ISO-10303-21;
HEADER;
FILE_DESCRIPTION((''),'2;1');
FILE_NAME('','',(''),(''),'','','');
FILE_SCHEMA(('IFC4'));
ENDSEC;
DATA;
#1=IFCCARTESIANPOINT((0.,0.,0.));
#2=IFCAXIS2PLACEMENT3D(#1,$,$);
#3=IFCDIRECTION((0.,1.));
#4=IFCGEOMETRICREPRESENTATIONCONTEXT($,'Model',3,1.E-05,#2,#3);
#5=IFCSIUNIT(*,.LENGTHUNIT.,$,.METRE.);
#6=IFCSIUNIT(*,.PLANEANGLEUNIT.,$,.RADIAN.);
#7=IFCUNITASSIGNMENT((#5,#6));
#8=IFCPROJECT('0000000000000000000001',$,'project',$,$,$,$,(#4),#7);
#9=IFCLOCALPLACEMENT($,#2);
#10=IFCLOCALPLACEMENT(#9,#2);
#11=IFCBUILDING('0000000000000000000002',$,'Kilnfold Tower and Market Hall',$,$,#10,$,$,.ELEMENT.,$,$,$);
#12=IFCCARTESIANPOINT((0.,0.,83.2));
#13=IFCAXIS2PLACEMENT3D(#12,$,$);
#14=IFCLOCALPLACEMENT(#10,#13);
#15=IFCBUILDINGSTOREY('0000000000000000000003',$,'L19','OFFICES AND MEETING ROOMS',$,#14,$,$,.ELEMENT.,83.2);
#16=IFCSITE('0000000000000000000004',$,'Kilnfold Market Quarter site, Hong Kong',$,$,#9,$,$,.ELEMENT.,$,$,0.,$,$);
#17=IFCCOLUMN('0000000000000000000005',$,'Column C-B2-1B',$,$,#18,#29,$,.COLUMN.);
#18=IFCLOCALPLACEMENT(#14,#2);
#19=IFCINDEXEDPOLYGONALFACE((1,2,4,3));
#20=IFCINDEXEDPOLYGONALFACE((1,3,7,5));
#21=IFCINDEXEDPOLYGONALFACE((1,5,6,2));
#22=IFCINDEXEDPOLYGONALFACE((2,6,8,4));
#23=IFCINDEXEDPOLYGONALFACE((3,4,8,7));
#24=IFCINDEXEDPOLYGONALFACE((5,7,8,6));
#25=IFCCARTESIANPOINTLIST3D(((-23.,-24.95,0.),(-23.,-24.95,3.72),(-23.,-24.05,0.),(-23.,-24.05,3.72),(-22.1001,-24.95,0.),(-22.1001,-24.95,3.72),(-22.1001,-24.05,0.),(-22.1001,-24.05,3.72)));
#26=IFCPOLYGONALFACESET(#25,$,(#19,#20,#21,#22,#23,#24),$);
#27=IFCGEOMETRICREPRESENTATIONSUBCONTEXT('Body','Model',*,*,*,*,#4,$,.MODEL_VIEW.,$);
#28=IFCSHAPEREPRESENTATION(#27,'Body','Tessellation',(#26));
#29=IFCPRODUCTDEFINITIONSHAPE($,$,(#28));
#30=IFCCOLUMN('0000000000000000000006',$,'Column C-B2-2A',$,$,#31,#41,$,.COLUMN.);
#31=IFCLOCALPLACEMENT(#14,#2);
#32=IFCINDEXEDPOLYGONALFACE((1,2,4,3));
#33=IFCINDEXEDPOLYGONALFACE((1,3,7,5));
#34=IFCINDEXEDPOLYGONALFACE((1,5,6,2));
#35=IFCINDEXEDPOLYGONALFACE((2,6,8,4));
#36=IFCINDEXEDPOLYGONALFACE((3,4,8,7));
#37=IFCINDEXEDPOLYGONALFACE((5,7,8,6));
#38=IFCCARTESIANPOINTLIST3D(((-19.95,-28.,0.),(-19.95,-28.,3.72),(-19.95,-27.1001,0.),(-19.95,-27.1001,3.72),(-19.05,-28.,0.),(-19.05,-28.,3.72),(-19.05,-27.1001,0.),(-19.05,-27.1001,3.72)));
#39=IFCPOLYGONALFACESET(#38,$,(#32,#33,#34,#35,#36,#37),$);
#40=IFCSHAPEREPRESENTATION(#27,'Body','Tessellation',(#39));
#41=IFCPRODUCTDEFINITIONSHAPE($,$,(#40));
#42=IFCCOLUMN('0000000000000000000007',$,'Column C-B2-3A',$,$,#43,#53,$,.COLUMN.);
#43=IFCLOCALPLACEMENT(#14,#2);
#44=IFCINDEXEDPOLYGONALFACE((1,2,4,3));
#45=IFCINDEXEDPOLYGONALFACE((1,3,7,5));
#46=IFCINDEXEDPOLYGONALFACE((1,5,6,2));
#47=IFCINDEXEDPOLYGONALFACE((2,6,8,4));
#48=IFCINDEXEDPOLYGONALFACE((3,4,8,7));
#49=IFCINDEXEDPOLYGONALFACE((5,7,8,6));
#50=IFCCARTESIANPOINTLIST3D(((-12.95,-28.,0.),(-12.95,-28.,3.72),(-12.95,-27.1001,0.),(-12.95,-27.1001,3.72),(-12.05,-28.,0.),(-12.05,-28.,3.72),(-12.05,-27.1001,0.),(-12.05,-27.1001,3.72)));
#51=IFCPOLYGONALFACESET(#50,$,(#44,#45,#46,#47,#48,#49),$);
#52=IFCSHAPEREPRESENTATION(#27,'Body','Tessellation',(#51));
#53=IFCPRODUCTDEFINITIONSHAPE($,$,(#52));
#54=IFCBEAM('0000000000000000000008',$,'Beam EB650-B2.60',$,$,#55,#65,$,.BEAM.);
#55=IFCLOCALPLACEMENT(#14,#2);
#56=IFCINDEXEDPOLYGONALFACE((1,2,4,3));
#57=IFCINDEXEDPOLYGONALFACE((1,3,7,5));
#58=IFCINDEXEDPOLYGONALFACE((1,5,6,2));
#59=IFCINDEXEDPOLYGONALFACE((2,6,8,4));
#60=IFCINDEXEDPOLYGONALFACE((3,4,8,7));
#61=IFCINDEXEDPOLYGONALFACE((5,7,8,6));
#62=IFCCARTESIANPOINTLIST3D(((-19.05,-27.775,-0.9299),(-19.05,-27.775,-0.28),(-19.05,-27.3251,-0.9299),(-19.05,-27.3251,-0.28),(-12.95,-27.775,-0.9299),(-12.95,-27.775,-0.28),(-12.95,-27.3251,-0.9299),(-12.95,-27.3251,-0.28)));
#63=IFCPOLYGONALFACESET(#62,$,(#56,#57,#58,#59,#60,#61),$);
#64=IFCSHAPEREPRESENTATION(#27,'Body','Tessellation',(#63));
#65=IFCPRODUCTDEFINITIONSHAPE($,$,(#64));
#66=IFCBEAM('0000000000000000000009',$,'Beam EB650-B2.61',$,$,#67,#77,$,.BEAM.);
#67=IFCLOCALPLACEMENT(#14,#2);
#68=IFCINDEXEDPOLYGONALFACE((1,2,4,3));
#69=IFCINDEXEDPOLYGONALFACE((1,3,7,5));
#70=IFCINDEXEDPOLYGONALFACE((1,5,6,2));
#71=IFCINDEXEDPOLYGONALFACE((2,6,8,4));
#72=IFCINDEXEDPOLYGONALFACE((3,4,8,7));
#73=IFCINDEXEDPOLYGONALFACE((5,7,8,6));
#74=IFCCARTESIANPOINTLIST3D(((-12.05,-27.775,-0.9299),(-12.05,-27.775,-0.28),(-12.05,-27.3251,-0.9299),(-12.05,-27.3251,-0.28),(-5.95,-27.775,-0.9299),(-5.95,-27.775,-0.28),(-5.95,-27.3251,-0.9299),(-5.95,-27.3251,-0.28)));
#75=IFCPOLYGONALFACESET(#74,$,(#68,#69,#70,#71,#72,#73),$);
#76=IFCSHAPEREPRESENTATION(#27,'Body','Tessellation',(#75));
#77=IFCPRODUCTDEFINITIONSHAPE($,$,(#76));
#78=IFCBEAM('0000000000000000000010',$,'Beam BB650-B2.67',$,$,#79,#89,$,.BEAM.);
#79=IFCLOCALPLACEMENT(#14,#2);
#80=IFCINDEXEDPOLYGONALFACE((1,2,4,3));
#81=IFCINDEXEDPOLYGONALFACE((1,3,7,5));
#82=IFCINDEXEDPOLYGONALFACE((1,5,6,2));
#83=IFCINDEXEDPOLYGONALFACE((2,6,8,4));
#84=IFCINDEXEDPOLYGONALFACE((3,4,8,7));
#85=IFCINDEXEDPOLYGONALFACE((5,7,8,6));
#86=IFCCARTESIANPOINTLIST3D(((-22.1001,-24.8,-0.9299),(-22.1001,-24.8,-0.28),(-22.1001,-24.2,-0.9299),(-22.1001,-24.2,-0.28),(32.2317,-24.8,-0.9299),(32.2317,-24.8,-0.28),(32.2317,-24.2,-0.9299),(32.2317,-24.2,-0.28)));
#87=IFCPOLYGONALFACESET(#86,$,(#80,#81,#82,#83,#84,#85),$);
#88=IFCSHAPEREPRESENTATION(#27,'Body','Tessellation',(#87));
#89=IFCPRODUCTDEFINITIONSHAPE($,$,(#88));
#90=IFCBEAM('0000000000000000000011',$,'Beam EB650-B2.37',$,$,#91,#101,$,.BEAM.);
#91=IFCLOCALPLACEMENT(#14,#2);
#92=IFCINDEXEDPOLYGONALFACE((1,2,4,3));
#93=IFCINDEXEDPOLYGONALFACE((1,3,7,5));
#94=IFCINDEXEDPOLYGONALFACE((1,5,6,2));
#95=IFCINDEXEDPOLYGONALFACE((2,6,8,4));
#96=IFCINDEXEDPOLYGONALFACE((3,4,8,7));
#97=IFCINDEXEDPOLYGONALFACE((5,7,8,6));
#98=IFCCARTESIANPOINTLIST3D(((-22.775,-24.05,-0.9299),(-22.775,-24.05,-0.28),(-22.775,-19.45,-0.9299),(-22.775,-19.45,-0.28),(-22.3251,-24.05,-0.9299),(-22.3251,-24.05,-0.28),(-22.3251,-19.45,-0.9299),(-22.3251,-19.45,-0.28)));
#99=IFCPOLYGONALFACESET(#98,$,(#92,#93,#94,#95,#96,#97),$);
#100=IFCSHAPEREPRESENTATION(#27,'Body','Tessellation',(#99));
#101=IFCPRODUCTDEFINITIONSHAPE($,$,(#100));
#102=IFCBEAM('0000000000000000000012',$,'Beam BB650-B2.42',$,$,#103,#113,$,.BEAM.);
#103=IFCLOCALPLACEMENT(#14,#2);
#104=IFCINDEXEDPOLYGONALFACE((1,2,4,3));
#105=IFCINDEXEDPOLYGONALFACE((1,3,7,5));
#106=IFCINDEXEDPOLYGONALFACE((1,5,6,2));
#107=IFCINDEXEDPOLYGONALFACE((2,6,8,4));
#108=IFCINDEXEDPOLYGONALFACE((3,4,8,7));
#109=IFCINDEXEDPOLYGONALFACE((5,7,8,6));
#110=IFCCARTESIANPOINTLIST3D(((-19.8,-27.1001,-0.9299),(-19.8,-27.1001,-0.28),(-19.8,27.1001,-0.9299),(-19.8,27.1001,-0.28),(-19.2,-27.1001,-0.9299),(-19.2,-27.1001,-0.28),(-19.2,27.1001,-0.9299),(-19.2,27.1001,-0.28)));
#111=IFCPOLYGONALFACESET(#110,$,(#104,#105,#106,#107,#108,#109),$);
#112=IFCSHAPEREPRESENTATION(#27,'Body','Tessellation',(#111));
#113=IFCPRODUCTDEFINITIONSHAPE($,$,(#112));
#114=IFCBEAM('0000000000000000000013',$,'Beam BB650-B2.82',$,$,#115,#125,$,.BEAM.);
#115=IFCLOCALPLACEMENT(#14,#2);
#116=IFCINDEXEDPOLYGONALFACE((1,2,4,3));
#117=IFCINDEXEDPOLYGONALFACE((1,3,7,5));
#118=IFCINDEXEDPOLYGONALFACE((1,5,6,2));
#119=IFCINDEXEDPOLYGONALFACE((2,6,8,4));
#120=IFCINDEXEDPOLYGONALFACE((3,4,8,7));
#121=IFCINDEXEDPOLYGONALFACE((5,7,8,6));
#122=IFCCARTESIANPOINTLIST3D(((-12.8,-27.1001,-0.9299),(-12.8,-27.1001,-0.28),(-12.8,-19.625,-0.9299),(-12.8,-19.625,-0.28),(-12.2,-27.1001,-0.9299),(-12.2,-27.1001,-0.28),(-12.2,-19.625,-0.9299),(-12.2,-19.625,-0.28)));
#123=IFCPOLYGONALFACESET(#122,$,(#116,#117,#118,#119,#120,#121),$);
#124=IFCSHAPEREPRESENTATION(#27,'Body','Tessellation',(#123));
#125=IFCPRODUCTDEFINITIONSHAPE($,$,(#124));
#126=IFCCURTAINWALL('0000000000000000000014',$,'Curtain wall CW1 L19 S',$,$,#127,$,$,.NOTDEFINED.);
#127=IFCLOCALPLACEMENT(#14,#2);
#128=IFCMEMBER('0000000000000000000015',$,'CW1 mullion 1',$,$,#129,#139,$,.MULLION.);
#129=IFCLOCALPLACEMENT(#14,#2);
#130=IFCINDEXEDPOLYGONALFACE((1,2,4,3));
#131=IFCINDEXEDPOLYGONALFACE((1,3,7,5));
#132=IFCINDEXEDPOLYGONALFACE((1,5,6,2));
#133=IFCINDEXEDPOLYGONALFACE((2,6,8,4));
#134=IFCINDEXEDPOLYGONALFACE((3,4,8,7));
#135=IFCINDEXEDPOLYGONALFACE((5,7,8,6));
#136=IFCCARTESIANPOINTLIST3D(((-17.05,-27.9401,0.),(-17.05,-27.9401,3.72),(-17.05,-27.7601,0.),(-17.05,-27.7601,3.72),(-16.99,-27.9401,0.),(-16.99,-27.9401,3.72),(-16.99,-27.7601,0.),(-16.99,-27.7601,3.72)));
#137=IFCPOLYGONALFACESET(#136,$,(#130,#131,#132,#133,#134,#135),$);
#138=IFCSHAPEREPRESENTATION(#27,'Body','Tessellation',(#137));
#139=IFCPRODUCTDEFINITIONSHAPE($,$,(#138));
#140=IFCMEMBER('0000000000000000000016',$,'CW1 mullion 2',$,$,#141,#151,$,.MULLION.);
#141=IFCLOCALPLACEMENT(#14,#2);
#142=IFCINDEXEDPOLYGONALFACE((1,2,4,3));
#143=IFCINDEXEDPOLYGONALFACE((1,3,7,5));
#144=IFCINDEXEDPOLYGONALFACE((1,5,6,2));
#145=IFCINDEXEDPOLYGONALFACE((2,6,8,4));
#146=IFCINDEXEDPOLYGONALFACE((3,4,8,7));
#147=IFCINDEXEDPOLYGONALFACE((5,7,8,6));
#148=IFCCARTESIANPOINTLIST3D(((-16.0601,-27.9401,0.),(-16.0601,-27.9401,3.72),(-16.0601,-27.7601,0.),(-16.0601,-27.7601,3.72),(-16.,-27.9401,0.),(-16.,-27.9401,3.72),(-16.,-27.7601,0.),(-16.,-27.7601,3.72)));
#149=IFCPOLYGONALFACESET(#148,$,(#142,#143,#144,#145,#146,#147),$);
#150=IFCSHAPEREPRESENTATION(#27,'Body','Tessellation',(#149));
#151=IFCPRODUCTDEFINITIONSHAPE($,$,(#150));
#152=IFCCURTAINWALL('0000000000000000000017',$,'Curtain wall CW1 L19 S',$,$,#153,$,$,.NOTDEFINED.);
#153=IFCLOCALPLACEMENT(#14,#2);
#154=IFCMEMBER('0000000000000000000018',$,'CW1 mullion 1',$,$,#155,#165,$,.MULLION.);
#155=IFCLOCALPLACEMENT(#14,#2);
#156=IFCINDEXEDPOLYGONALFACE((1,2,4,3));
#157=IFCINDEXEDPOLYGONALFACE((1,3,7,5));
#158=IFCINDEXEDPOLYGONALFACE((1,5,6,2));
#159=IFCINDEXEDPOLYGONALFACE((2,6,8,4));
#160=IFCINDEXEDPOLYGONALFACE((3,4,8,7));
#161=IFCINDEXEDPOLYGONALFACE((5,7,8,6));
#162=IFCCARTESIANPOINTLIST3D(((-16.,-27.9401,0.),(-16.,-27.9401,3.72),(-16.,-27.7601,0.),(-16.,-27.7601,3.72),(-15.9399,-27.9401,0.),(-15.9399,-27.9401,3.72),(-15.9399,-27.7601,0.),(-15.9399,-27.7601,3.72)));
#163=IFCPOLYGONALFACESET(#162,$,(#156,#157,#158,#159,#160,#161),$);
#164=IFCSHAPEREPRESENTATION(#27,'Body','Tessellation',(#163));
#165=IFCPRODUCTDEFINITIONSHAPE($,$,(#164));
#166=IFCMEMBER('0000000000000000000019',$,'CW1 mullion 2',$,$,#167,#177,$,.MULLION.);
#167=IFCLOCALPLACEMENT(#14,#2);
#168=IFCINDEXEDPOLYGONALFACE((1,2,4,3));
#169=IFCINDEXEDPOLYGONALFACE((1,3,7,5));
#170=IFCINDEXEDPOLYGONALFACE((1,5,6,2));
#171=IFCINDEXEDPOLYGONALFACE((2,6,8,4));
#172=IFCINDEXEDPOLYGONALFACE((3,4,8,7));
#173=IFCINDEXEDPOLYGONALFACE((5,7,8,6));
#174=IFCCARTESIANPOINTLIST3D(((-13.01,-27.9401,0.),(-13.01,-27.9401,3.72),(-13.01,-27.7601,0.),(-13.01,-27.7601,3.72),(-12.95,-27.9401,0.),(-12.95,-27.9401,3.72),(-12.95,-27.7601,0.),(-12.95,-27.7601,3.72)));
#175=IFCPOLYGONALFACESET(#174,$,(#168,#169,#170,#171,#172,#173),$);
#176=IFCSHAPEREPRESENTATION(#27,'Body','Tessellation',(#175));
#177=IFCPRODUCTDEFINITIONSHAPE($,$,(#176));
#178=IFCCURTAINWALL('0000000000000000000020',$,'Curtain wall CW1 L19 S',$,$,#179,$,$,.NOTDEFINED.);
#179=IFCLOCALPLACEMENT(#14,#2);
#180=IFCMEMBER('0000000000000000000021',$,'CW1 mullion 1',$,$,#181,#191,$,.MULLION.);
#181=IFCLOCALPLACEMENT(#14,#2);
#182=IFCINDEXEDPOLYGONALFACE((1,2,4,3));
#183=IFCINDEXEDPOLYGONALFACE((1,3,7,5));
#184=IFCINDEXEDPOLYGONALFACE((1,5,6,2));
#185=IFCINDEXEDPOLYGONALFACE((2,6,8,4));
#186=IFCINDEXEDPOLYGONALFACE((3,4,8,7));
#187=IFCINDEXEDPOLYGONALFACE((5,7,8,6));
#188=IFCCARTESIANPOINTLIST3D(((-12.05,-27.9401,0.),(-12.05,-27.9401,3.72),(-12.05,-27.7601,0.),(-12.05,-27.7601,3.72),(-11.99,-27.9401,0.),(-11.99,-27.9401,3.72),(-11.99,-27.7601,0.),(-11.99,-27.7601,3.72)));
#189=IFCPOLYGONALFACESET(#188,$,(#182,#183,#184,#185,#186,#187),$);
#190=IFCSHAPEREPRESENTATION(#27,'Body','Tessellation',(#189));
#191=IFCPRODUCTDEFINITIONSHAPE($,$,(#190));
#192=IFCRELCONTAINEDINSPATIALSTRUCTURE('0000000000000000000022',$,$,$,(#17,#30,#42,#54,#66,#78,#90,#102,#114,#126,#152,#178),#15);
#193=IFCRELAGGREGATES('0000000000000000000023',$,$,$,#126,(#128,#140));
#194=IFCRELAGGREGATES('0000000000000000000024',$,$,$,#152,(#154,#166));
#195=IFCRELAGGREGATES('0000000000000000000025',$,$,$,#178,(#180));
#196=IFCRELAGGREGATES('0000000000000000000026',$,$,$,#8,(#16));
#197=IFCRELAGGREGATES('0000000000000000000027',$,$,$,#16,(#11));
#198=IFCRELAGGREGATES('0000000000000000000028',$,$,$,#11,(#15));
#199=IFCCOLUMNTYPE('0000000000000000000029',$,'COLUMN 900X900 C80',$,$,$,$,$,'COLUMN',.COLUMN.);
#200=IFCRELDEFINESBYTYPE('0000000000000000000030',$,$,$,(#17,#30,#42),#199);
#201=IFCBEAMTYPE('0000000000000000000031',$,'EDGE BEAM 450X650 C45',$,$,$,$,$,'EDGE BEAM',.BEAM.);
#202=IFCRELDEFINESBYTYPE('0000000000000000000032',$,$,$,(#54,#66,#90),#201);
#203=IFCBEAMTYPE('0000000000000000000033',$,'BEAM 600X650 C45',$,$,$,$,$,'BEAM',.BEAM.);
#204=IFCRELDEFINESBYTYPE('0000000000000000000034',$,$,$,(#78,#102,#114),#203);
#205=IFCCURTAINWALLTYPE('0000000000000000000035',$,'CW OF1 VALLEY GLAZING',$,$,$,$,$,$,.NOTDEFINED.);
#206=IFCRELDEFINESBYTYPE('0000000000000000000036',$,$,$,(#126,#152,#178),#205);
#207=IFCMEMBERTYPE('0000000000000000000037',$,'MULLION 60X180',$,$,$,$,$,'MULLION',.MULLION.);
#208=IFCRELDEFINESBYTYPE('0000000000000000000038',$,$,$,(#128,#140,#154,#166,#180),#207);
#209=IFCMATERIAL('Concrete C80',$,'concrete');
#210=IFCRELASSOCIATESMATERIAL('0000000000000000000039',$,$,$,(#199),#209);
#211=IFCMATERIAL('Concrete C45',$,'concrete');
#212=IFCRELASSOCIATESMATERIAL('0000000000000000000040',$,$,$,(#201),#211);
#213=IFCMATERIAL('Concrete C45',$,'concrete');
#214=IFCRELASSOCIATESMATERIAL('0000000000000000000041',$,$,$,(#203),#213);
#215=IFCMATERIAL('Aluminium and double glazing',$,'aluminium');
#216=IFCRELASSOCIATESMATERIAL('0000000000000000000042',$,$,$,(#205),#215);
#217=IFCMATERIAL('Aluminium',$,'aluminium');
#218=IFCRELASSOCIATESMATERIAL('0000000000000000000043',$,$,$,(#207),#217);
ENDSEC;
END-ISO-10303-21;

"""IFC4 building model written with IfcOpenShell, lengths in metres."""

from ifc_helpers import new_model, si_unit, direction, frame, origin, origin_2d, place, context, subcontext, project, spatial, rectangle, extrude, source, transform, mapped, material, material_profile, profile_set, type_object, element, aggregate, save


model = new_model("IFC4")

# Units and contexts
model_context = context("Model", 3, precision=1e-05, world=origin(), true_north=direction((0.0, 1.0)))
body_context = subcontext(model_context, "Body", "Model", "MODEL_VIEW")
ifc_project = project(units=[si_unit("LENGTHUNIT", "METRE"), si_unit("PLANEANGLEUNIT", "RADIAN")], contexts=[model_context])

# Site, building, storey
site_placement = place(None, origin())
site = spatial("IfcSite", under=ifc_project, at=site_placement, Name="Kilnfold Market Quarter site, Hong Kong", CompositionType="ELEMENT", RefElevation=0.0)
building_placement = place(site_placement, origin())
building = spatial("IfcBuilding", under=site, at=building_placement, Name="Kilnfold Tower and Market Hall", CompositionType="ELEMENT")
storey_placement = place(building_placement, frame((0.0, 0.0, 83.2)))
storey = spatial("IfcBuildingStorey", under=building, at=storey_placement, Name="L19", Description="OFFICES AND MEETING ROOMS", CompositionType="ELEMENT", Elevation=83.2)

# Columns
ifc_material_1 = material(Name="Concrete C80", Category="concrete")
ifc_material_profile_1 = material_profile(ifc_material_1, rectangle(XDim=0.8999, YDim=0.8999, at=origin_2d()), Name="RC 900x900")
ifc_profile_set_1 = profile_set([ifc_material_profile_1], Name="Concrete C80")
column_type = type_object("IfcColumnType", Name="COLUMN 900X900 C80", ElementType="COLUMN", PredefinedType="COLUMN", material=ifc_profile_set_1)
shared_shape_1 = source(origin(), body_context, "Body", "SweptSolid", [
    extrude(rectangle(XDim=0.8999, YDim=0.8999, at=origin_2d()), origin(), (0.0, 0.0, 1.0), 3.72),
])
for number, where, z_axis, x_axis, name in (
    (1, (-22.55, -24.5, 0.0), (0.0, 0.0, 1.0), (1.0, 0.0, 0.0), "Column C-B2-1B"),
    (2, (-19.5, -27.55, 0.0), (0.0, 0.0, 1.0), (1.0, 0.0, 0.0), "Column C-B2-2A"),
    (3, (-12.5, -27.55, 0.0), (0.0, 0.0, 1.0), (1.0, 0.0, 0.0), "Column C-B2-3A"),
):
    element("IfcColumn", number, at=place(storey_placement, frame(where, z_axis=z_axis, x_axis=x_axis)), inside=storey, type_object=column_type, Name=name, PredefinedType="COLUMN", context=body_context, shape_type="MappedRepresentation", body=[
        mapped(shared_shape_1, transform((0.0, 0.0, 0.0))),
    ])

# Beams
ifc_material_2 = material(Name="Concrete C45", Category="concrete")
ifc_material_profile_2 = material_profile(ifc_material_2, rectangle(XDim=0.45, YDim=0.6499, at=origin_2d()), Name="RC 450x650")
ifc_profile_set_2 = profile_set([ifc_material_profile_2], Name="Concrete C45")
beam_type_1 = type_object("IfcBeamType", Name="EDGE BEAM 450X650 C45", ElementType="EDGE BEAM", PredefinedType="BEAM", material=ifc_profile_set_2)
shared_shape_2 = source(origin(), body_context, "Body", "SweptSolid", [
    extrude(rectangle(XDim=0.45, YDim=0.6499, at=origin_2d()), origin(), (0.0, 0.0, 1.0), 6.1001),
])
for number, where, z_axis, x_axis, name in (
    (4, (-19.05, -27.55, -0.605), (1.0, 0.0, 0.0), (0.0, 1.0, 0.0), "Beam EB650-B2.60"),
    (5, (-12.05, -27.55, -0.605), (1.0, 0.0, 0.0), (0.0, 1.0, 0.0), "Beam EB650-B2.61"),
):
    element("IfcBeam", number, at=place(storey_placement, frame(where, z_axis=z_axis, x_axis=x_axis)), inside=storey, type_object=beam_type_1, Name=name, PredefinedType="BEAM", context=body_context, shape_type="MappedRepresentation", body=[
        mapped(shared_shape_2, transform((0.0, 0.0, 0.0))),
    ])
ifc_material_3 = material(Name="Concrete C45", Category="concrete")
ifc_material_profile_3 = material_profile(ifc_material_3, rectangle(XDim=0.6001, YDim=0.6499, at=origin_2d()), Name="RC 600x650")
ifc_profile_set_3 = profile_set([ifc_material_profile_3], Name="Concrete C45")
beam_type_2 = type_object("IfcBeamType", Name="BEAM 600X650 C45", ElementType="BEAM", PredefinedType="BEAM", material=ifc_profile_set_3)
shared_shape_3 = source(origin(), body_context, "Body", "SweptSolid", [
    extrude(rectangle(XDim=0.6001, YDim=0.6499, at=origin_2d()), origin(), (0.0, 0.0, 1.0), 54.3318),
])
beam_1_placement = place(storey_placement, frame((-22.1001, -24.5, -0.605), z_axis=(1.0, 0.0, 0.0), x_axis=(0.0, 1.0, 0.0)))
element("IfcBeam", 6, at=beam_1_placement, inside=storey, type_object=beam_type_2, Name="Beam BB650-B2.67", PredefinedType="BEAM", context=body_context, shape_type="MappedRepresentation", body=[
    mapped(shared_shape_3, transform((0.0, 0.0, 0.0))),
])
shared_shape_4 = source(origin(), body_context, "Body", "SweptSolid", [
    extrude(rectangle(XDim=0.45, YDim=0.6499, at=origin_2d()), origin(), (0.0, 0.0, 1.0), 4.6001),
])
beam_2_placement = place(storey_placement, frame((-22.55, -24.05, -0.605), z_axis=(0.0, 1.0, 0.0), x_axis=(-1.0, 0.0, 0.0)))
element("IfcBeam", 7, at=beam_2_placement, inside=storey, type_object=beam_type_1, Name="Beam EB650-B2.37", PredefinedType="BEAM", context=body_context, shape_type="MappedRepresentation", body=[
    mapped(shared_shape_4, transform((0.0, 0.0, 0.0))),
])
shared_shape_5 = source(origin(), body_context, "Body", "SweptSolid", [
    extrude(rectangle(XDim=0.6001, YDim=0.6499, at=origin_2d()), origin(), (0.0, 0.0, 1.0), 54.2002),
])
beam_3_placement = place(storey_placement, frame((-19.5, -27.1001, -0.605), z_axis=(0.0, 1.0, 0.0), x_axis=(-1.0, 0.0, 0.0)))
element("IfcBeam", 8, at=beam_3_placement, inside=storey, type_object=beam_type_2, Name="Beam BB650-B2.42", PredefinedType="BEAM", context=body_context, shape_type="MappedRepresentation", body=[
    mapped(shared_shape_5, transform((0.0, 0.0, 0.0))),
])
shared_shape_6 = source(origin(), body_context, "Body", "SweptSolid", [
    extrude(rectangle(XDim=0.6001, YDim=0.6499, at=origin_2d()), origin(), (0.0, 0.0, 1.0), 7.4751),
])
beam_4_placement = place(storey_placement, frame((-12.5, -27.1001, -0.605), z_axis=(0.0, 1.0, 0.0), x_axis=(-1.0, 0.0, 0.0)))
element("IfcBeam", 9, at=beam_4_placement, inside=storey, type_object=beam_type_2, Name="Beam BB650-B2.82", PredefinedType="BEAM", context=body_context, shape_type="MappedRepresentation", body=[
    mapped(shared_shape_6, transform((0.0, 0.0, 0.0))),
])

# Curtain walls, members
ifc_material_4 = material(Name="Aluminium and double glazing", Category="aluminium")
curtain_wall_type = type_object("IfcCurtainWallType", Name="CW OF1 VALLEY GLAZING", PredefinedType="NOTDEFINED", material=ifc_material_4)
curtain_wall_1_placement = place(storey_placement, origin())
curtain_wall_1 = element("IfcCurtainWall", 10, at=curtain_wall_1_placement, inside=storey, type_object=curtain_wall_type, Name="Curtain wall CW1 L19 S", PredefinedType="NOTDEFINED")
ifc_material_5 = material(Name="Aluminium", Category="aluminium")
ifc_material_profile_4 = material_profile(ifc_material_5, rectangle(XDim=0.0601, YDim=0.1799, at=origin_2d()), Name="MULLION 60x180")
ifc_profile_set_4 = profile_set([ifc_material_profile_4], Name="Aluminium")
member_type_1 = type_object("IfcMemberType", Name="MULLION 60X180", ElementType="MULLION", PredefinedType="MULLION", material=ifc_profile_set_4)
shared_shape_7 = source(origin(), body_context, "Body", "SweptSolid", [
    extrude(rectangle(XDim=0.0601, YDim=0.1799, at=origin_2d()), origin(), (0.0, 0.0, 1.0), 3.72),
])
member_1_placement = place(storey_placement, frame((-17.02, -27.8501, 0.0), z_axis=(0.0, 0.0, 1.0), x_axis=(1.0, 0.0, 0.0)))
member_1 = element("IfcMember", 11, at=member_1_placement, type_object=member_type_1, Name="CW1 mullion 1", PredefinedType="MULLION", context=body_context, shape_type="MappedRepresentation", body=[
    mapped(shared_shape_7, transform((0.0, 0.0, 0.0))),
])
member_2_placement = place(storey_placement, frame((-16.03, -27.8501, 0.0), z_axis=(0.0, 0.0, 1.0), x_axis=(1.0, 0.0, 0.0)))
member_2 = element("IfcMember", 12, at=member_2_placement, type_object=member_type_1, Name="CW1 mullion 2", PredefinedType="MULLION", context=body_context, shape_type="MappedRepresentation", body=[
    mapped(shared_shape_7, transform((0.0, 0.0, 0.0))),
])
curtain_wall_2_placement = place(storey_placement, origin())
curtain_wall_2 = element("IfcCurtainWall", 13, at=curtain_wall_2_placement, inside=storey, type_object=curtain_wall_type, Name="Curtain wall CW1 L19 S", PredefinedType="NOTDEFINED")
member_3_placement = place(storey_placement, frame((-15.97, -27.8501, 0.0), z_axis=(0.0, 0.0, 1.0), x_axis=(1.0, 0.0, 0.0)))
member_3 = element("IfcMember", 14, at=member_3_placement, type_object=member_type_1, Name="CW1 mullion 1", PredefinedType="MULLION", context=body_context, shape_type="MappedRepresentation", body=[
    mapped(shared_shape_7, transform((0.0, 0.0, 0.0))),
])
member_4_placement = place(storey_placement, frame((-12.98, -27.8501, 0.0), z_axis=(0.0, 0.0, 1.0), x_axis=(1.0, 0.0, 0.0)))
member_4 = element("IfcMember", 15, at=member_4_placement, type_object=member_type_1, Name="CW1 mullion 2", PredefinedType="MULLION", context=body_context, shape_type="MappedRepresentation", body=[
    mapped(shared_shape_7, transform((0.0, 0.0, 0.0))),
])

# Curtain wall, member
curtain_wall_3_placement = place(storey_placement, origin())
curtain_wall_3 = element("IfcCurtainWall", 16, at=curtain_wall_3_placement, inside=storey, type_object=curtain_wall_type, Name="Curtain wall CW1 L19 S", PredefinedType="NOTDEFINED")
member_5_placement = place(storey_placement, frame((-12.02, -27.8501, 0.0), z_axis=(0.0, 0.0, 1.0), x_axis=(1.0, 0.0, 0.0)))
member_5 = element("IfcMember", 17, at=member_5_placement, type_object=member_type_1, Name="CW1 mullion 1", PredefinedType="MULLION", context=body_context, shape_type="MappedRepresentation", body=[
    mapped(shared_shape_7, transform((0.0, 0.0, 0.0))),
])

aggregate(curtain_wall_1, [member_1, member_2])
aggregate(curtain_wall_2, [member_3, member_4])
aggregate(curtain_wall_3, [member_5])

save(model, "model.ifc")
